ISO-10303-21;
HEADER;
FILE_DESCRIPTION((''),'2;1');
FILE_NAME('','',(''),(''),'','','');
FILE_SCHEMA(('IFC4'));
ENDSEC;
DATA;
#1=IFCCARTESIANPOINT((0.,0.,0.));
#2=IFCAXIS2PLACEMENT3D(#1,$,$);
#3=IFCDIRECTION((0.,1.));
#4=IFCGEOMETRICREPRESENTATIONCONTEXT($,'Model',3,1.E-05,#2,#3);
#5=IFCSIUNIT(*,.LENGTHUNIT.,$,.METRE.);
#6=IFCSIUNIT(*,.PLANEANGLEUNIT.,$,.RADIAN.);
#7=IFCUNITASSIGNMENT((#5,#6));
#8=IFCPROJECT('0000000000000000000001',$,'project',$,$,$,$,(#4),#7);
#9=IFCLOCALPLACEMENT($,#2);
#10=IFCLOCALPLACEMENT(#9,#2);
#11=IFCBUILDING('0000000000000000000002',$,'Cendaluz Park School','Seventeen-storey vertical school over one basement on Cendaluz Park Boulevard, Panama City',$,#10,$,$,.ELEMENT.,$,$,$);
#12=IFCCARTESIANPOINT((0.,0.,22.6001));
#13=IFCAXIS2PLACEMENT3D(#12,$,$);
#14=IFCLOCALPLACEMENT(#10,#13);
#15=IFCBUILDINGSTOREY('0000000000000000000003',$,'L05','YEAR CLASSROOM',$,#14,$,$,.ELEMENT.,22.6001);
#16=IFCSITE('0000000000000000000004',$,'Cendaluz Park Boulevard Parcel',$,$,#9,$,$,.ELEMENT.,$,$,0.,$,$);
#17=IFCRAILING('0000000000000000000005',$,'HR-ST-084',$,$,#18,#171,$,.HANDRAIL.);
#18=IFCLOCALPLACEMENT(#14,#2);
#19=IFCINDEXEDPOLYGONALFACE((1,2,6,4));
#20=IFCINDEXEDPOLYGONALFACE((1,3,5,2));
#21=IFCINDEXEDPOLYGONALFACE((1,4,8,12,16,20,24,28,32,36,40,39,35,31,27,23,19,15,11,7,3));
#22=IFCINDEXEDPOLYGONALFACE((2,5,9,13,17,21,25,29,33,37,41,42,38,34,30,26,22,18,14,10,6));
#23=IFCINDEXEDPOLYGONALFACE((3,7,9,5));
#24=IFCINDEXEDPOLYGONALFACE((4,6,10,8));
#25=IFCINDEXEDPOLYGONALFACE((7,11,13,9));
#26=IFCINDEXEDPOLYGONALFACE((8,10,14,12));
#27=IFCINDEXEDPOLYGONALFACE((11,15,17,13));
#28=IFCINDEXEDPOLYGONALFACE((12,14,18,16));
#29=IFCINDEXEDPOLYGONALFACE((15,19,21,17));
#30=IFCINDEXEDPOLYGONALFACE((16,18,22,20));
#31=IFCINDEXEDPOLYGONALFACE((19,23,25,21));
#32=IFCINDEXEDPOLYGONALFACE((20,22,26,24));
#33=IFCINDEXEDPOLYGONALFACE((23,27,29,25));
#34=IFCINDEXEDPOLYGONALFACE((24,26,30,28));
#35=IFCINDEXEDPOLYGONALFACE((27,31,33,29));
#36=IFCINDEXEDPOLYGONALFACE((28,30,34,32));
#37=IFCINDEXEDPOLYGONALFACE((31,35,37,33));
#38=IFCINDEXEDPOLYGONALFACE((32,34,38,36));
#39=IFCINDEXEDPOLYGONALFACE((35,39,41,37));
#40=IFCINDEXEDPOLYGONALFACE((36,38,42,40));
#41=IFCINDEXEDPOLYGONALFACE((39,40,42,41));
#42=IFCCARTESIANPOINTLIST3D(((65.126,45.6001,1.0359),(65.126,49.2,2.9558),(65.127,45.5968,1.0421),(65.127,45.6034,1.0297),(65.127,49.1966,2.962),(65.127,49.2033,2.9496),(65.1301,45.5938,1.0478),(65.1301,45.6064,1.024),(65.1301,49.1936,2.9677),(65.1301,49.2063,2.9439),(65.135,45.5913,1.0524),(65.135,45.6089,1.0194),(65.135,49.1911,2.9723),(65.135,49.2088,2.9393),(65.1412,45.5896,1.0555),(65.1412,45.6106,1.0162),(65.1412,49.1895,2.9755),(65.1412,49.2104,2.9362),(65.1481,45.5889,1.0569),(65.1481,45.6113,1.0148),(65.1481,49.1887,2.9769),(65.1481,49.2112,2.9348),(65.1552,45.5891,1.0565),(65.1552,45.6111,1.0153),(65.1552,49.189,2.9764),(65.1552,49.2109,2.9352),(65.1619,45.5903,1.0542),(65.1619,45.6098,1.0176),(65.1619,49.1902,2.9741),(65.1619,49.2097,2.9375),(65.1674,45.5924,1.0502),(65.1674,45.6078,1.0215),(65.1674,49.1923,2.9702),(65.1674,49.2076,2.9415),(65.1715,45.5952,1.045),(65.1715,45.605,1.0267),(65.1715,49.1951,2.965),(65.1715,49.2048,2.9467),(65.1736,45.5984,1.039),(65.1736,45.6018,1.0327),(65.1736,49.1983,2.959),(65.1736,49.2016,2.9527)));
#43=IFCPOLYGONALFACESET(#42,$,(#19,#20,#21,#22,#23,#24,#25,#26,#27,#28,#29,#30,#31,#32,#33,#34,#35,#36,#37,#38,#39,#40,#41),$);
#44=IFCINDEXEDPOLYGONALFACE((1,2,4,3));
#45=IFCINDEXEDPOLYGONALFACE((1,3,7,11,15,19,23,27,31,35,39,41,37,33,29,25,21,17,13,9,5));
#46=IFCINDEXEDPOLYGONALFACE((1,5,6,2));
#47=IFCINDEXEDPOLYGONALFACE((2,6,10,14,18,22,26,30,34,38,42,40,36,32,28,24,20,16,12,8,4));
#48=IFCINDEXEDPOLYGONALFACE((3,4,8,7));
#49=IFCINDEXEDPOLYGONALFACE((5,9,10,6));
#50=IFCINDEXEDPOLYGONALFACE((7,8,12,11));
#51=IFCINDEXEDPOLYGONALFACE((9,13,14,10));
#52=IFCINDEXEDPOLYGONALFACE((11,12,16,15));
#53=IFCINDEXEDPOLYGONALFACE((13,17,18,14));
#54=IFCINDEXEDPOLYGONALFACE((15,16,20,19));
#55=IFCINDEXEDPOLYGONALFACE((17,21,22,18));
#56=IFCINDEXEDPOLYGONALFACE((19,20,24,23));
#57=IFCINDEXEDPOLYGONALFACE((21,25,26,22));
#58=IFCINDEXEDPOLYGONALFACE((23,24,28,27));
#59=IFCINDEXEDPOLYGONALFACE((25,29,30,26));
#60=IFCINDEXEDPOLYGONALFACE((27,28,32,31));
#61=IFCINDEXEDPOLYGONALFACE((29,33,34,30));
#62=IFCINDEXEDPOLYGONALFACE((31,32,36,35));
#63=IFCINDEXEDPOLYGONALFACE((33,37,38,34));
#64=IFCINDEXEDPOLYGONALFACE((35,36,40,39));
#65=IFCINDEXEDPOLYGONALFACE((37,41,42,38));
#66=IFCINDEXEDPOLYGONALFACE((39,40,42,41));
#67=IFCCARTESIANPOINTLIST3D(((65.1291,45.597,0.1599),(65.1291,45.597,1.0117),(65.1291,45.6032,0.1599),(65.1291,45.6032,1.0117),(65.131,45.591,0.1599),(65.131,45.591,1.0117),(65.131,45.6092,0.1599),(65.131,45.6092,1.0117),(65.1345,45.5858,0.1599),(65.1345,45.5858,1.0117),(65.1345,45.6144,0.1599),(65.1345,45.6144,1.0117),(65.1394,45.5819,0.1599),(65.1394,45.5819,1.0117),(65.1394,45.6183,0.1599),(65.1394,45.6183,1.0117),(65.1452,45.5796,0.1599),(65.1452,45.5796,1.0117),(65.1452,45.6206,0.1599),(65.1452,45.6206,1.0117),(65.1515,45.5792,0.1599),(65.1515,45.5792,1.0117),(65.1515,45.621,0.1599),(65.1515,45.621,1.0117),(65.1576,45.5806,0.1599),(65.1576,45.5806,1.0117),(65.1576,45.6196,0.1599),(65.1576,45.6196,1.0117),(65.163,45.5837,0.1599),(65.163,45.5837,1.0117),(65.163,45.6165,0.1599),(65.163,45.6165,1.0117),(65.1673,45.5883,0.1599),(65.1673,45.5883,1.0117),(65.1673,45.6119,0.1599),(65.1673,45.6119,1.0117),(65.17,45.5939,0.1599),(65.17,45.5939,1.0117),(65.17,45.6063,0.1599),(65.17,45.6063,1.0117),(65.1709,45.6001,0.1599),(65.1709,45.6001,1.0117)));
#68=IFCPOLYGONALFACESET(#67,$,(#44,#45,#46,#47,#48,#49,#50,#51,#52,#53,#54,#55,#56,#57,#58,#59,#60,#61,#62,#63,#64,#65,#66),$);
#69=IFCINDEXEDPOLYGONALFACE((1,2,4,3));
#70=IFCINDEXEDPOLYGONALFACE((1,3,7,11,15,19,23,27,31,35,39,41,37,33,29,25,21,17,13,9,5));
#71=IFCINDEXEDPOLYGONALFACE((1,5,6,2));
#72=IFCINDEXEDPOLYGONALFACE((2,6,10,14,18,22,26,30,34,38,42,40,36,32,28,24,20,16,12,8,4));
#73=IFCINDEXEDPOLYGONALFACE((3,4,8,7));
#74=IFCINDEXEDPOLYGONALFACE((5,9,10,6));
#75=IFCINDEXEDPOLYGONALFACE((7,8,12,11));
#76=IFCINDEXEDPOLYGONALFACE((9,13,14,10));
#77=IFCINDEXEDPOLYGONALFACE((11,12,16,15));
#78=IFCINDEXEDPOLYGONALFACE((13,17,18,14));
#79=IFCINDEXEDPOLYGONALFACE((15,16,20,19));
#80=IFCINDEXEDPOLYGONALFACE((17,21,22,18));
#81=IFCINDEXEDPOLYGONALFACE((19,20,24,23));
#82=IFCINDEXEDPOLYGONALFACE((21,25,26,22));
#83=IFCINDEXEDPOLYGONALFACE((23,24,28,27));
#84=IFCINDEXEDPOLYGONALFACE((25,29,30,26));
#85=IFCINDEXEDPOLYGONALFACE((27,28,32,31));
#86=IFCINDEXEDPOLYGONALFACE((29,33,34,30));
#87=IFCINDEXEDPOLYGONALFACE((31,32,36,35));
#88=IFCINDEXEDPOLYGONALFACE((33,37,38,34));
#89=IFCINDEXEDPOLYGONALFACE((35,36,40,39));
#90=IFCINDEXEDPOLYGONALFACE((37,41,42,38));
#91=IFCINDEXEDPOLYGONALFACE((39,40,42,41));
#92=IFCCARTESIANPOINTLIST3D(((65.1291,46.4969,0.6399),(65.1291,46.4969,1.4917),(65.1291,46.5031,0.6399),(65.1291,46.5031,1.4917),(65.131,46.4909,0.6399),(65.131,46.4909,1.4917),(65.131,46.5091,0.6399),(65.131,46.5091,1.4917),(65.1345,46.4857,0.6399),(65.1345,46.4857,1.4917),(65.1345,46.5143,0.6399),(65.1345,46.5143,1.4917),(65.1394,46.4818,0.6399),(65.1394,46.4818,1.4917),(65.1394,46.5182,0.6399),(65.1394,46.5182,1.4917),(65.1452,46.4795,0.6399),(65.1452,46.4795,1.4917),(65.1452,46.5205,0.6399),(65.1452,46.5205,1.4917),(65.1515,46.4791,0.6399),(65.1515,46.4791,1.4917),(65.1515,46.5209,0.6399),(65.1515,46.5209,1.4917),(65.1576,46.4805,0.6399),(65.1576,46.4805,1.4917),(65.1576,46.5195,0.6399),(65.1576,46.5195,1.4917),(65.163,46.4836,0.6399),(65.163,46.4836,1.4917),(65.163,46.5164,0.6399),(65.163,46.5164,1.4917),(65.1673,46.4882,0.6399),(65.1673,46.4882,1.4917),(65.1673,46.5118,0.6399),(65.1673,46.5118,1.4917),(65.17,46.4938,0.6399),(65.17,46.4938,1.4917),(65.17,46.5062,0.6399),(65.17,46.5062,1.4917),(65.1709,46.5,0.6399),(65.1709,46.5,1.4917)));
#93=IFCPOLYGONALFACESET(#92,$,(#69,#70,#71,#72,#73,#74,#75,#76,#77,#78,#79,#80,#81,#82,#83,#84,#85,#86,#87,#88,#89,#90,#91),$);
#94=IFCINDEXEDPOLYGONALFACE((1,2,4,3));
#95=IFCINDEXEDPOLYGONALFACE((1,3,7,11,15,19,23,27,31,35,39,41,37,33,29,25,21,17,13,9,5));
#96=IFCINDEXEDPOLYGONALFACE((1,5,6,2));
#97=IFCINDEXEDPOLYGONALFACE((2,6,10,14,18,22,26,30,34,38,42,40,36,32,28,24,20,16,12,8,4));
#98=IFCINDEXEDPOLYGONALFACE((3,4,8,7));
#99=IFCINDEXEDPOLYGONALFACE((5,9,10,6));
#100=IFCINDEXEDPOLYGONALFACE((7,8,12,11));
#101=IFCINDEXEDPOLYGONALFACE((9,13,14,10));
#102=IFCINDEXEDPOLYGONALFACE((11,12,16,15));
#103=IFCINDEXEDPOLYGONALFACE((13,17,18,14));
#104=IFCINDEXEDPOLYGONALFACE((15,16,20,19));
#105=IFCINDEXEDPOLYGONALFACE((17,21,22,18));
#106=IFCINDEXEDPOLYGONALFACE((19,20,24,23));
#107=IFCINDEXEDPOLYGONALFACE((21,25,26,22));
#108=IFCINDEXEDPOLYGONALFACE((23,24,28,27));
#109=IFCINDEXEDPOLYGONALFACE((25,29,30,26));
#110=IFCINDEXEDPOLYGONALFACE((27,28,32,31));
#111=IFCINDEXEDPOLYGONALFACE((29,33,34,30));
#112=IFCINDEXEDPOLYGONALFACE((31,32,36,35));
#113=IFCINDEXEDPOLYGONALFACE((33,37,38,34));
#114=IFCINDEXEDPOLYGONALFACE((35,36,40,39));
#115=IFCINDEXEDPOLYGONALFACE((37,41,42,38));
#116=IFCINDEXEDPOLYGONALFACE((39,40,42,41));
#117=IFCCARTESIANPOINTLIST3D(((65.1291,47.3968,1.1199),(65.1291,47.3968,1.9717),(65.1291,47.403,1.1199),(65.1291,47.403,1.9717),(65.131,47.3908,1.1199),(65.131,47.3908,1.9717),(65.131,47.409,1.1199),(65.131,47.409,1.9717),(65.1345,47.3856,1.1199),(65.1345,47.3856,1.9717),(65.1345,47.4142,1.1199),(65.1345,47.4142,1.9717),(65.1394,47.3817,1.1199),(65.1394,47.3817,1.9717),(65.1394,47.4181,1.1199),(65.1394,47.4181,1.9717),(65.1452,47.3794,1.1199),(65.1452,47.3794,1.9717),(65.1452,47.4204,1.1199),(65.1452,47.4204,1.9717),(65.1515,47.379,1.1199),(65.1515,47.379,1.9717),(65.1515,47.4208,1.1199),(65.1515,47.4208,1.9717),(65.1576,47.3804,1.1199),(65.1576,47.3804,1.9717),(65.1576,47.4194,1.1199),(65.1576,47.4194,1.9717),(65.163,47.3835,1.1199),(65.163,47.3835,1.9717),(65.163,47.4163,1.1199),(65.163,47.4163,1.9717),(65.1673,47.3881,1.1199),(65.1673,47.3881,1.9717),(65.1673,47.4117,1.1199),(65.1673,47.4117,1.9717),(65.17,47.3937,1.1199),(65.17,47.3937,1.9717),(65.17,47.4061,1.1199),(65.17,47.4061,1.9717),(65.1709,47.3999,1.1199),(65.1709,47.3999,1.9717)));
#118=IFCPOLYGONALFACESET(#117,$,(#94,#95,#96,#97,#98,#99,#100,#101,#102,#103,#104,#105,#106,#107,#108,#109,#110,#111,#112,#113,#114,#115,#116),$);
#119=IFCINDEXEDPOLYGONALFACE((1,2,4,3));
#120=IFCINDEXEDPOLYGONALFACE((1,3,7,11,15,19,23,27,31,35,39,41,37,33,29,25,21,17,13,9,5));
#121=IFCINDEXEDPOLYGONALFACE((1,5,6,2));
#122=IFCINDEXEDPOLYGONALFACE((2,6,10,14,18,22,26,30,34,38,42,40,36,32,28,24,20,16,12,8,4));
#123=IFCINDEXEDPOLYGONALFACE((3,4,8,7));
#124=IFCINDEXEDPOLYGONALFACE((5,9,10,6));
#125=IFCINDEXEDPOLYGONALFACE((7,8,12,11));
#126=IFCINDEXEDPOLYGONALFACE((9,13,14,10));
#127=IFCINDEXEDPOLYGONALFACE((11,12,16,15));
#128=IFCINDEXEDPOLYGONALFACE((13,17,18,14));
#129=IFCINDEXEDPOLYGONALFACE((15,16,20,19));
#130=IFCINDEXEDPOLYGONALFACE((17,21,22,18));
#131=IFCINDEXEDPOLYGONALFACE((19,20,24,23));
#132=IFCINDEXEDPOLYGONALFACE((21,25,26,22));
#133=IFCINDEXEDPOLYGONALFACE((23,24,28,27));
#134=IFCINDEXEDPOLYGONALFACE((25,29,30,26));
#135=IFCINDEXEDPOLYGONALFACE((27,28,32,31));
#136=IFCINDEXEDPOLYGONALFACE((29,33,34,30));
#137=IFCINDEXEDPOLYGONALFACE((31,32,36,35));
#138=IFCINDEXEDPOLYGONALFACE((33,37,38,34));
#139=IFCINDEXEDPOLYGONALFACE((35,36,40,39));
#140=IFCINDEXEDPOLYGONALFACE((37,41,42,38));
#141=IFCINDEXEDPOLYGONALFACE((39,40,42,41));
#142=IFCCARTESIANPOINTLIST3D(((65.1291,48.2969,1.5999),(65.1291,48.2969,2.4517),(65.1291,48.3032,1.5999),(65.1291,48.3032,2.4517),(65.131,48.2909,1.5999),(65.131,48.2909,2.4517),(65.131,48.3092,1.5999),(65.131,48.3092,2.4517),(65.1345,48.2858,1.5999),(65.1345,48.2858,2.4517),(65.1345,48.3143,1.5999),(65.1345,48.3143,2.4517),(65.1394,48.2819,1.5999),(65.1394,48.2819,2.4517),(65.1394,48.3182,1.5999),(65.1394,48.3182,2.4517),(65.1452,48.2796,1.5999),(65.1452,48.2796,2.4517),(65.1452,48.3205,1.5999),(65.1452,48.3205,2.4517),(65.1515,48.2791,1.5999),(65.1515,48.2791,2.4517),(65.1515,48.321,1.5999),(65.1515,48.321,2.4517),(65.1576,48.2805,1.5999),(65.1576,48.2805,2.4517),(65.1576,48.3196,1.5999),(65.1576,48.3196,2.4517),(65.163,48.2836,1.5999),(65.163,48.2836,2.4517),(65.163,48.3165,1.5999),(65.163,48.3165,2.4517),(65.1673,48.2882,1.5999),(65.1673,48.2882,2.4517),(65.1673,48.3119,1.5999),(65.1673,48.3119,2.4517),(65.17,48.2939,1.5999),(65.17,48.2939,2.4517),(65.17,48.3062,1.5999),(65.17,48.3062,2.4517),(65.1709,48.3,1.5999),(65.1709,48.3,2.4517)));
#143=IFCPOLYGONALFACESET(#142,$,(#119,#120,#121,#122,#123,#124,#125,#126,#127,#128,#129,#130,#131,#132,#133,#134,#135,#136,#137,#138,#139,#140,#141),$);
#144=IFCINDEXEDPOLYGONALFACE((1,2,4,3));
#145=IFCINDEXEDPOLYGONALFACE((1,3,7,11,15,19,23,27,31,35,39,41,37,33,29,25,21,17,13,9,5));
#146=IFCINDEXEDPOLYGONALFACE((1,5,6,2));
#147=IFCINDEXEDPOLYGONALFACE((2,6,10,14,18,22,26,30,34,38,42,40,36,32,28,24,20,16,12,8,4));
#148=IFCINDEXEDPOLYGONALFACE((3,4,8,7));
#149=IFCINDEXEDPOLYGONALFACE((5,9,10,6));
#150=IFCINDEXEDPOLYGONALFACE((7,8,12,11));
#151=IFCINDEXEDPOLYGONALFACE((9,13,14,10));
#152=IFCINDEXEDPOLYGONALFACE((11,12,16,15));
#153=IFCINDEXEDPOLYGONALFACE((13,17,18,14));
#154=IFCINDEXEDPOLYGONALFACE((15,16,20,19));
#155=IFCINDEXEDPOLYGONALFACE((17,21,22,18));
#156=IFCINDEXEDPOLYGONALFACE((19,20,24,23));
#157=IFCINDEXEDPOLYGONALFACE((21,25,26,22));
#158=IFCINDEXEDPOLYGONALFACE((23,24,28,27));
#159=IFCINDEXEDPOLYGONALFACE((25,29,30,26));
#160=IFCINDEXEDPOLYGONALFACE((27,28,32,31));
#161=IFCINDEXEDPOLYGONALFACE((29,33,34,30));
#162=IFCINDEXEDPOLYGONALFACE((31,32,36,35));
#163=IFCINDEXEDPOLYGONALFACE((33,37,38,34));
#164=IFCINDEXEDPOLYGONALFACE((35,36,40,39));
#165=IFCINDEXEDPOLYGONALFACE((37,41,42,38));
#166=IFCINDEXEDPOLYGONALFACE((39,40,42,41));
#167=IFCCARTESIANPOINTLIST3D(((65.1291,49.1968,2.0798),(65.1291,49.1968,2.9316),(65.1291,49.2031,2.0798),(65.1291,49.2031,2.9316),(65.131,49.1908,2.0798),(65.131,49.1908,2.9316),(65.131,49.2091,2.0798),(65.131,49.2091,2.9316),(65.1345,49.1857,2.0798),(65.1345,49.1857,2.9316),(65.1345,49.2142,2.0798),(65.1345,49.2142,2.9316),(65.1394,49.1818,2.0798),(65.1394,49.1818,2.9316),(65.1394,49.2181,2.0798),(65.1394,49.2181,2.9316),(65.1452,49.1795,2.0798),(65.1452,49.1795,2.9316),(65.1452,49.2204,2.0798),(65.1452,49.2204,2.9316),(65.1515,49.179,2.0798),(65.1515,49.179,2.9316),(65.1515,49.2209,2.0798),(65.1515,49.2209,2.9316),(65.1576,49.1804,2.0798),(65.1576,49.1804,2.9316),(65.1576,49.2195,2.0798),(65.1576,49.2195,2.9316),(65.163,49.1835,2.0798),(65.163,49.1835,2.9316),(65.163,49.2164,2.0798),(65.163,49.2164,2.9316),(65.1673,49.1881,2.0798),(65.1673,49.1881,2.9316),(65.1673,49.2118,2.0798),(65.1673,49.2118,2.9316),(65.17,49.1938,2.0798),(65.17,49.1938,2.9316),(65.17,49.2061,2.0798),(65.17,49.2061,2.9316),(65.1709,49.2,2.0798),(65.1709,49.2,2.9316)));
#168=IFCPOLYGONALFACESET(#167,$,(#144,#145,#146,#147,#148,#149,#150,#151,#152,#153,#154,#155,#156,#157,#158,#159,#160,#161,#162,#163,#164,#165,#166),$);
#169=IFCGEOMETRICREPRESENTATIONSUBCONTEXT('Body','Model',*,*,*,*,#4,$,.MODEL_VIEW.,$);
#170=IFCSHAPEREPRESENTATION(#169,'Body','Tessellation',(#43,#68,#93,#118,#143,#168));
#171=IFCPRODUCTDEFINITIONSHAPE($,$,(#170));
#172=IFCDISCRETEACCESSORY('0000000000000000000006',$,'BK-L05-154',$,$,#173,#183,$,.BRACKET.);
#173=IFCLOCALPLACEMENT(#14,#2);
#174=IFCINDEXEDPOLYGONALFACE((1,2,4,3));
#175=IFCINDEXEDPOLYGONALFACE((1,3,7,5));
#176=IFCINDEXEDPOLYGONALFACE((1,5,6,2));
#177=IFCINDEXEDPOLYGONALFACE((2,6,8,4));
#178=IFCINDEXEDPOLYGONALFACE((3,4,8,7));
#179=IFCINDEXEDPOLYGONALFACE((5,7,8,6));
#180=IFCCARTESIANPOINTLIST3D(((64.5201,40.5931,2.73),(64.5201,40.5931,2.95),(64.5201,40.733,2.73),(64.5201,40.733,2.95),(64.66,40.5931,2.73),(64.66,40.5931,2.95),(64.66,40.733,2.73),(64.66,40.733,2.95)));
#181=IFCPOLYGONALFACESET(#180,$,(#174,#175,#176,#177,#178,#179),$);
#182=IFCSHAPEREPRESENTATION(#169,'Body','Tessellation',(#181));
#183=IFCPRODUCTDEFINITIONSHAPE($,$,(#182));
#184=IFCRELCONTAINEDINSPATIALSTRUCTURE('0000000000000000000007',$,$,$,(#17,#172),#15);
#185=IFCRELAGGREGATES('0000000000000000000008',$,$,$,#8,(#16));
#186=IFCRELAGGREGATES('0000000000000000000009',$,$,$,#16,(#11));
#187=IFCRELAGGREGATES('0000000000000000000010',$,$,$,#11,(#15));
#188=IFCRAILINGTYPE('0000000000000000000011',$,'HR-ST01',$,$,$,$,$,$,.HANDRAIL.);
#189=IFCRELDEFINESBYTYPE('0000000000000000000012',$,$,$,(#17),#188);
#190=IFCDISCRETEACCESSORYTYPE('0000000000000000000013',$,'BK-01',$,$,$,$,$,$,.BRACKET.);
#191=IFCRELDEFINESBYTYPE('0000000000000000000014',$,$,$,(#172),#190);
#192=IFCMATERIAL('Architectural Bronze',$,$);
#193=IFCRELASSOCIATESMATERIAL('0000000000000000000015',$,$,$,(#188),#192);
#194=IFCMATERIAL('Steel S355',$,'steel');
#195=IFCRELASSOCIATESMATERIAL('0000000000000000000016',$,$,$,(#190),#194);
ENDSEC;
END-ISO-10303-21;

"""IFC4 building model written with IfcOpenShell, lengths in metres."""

from ifc_helpers import new_model, si_unit, direction, frame, origin, origin_2d, place, context, subcontext, project, spatial, rectangle, circle, extrude, material, type_object, element, save


model = new_model("IFC4")

# Units and contexts
model_context = context("Model", 3, precision=1e-05, world=origin(), true_north=direction((0.0, 1.0)))
body_context = subcontext(model_context, "Body", "Model", "MODEL_VIEW")
ifc_project = project(units=[si_unit("LENGTHUNIT", "METRE"), si_unit("PLANEANGLEUNIT", "RADIAN")], contexts=[model_context])

# Site, building, storey
site_placement = place(None, origin())
site = spatial("IfcSite", under=ifc_project, at=site_placement, Name="Cendaluz Park Boulevard Parcel", CompositionType="ELEMENT", RefElevation=0.0)
building_placement = place(site_placement, origin())
building = spatial("IfcBuilding", under=site, at=building_placement, Name="Cendaluz Park School", Description="Seventeen-storey vertical school over one basement on Cendaluz Park Boulevard, Panama City", CompositionType="ELEMENT")
storey_placement = place(building_placement, frame((0.0, 0.0, 22.6001)))
storey = spatial("IfcBuildingStorey", under=building, at=storey_placement, Name="L05", Description="YEAR CLASSROOM", CompositionType="ELEMENT", Elevation=22.6001)

# Railing
ifc_material_1 = material(Name="Architectural Bronze")
railing_type_1 = type_object("IfcRailingType", Name="HR-ST01", PredefinedType="HANDRAIL", material=ifc_material_1)
railing_1_placement = place(storey_placement, frame((65.1499, 45.6001, 0.1599)))
element("IfcRailing", 1, at=railing_1_placement, inside=storey, type_object=railing_type_1, Name="HR-ST-084", PredefinedType="HANDRAIL", context=body_context, shape_type="SweptSolid", body=[
    extrude(circle(Radius=0.0239, at=origin_2d()), frame((0.0, 0.0, 0.876), z_axis=(0.0, 0.882353, 0.470588), x_axis=(-1.0, 0.0, 0.0)), (0.0, 0.0, 1.0), 4.0798),
    extrude(circle(Radius=0.021, at=origin_2d()), origin(), (0.0, 0.0, 1.0), 0.8518),
    extrude(circle(Radius=0.021, at=origin_2d()), frame((0.0, 0.8999, 0.48)), (0.0, 0.0, 1.0), 0.8518),
    extrude(circle(Radius=0.021, at=origin_2d()), frame((0.0, 1.7998, 0.96)), (0.0, 0.0, 1.0), 0.8518),
    extrude(circle(Radius=0.021, at=origin_2d()), frame((0.0, 2.7, 1.4399)), (0.0, 0.0, 1.0), 0.8518),
    extrude(circle(Radius=0.021, at=origin_2d()), frame((0.0, 3.5999, 1.9199)), (0.0, 0.0, 1.0), 0.8518),
])

# Discrete accessory
ifc_material_2 = material(Name="Steel S355", Category="steel")
discrete_accessory_type = type_object("IfcDiscreteAccessoryType", Name="BK-01", PredefinedType="BRACKET", material=ifc_material_2)
discrete_accessory_placement = place(storey_placement, frame((64.5901, 40.6631, 2.73), z_axis=(0.0, 0.0, 1.0), x_axis=(0.0, 1.0, 0.0)))
element("IfcDiscreteAccessory", 2, at=discrete_accessory_placement, inside=storey, type_object=discrete_accessory_type, Name="BK-L05-154", PredefinedType="BRACKET", context=body_context, shape_type="SweptSolid", body=[
    extrude(rectangle(XDim=0.1399, YDim=0.1399, at=origin_2d()), origin(), (0.0, 0.0, 1.0), 0.22),
])

save(model, "model.ifc")
